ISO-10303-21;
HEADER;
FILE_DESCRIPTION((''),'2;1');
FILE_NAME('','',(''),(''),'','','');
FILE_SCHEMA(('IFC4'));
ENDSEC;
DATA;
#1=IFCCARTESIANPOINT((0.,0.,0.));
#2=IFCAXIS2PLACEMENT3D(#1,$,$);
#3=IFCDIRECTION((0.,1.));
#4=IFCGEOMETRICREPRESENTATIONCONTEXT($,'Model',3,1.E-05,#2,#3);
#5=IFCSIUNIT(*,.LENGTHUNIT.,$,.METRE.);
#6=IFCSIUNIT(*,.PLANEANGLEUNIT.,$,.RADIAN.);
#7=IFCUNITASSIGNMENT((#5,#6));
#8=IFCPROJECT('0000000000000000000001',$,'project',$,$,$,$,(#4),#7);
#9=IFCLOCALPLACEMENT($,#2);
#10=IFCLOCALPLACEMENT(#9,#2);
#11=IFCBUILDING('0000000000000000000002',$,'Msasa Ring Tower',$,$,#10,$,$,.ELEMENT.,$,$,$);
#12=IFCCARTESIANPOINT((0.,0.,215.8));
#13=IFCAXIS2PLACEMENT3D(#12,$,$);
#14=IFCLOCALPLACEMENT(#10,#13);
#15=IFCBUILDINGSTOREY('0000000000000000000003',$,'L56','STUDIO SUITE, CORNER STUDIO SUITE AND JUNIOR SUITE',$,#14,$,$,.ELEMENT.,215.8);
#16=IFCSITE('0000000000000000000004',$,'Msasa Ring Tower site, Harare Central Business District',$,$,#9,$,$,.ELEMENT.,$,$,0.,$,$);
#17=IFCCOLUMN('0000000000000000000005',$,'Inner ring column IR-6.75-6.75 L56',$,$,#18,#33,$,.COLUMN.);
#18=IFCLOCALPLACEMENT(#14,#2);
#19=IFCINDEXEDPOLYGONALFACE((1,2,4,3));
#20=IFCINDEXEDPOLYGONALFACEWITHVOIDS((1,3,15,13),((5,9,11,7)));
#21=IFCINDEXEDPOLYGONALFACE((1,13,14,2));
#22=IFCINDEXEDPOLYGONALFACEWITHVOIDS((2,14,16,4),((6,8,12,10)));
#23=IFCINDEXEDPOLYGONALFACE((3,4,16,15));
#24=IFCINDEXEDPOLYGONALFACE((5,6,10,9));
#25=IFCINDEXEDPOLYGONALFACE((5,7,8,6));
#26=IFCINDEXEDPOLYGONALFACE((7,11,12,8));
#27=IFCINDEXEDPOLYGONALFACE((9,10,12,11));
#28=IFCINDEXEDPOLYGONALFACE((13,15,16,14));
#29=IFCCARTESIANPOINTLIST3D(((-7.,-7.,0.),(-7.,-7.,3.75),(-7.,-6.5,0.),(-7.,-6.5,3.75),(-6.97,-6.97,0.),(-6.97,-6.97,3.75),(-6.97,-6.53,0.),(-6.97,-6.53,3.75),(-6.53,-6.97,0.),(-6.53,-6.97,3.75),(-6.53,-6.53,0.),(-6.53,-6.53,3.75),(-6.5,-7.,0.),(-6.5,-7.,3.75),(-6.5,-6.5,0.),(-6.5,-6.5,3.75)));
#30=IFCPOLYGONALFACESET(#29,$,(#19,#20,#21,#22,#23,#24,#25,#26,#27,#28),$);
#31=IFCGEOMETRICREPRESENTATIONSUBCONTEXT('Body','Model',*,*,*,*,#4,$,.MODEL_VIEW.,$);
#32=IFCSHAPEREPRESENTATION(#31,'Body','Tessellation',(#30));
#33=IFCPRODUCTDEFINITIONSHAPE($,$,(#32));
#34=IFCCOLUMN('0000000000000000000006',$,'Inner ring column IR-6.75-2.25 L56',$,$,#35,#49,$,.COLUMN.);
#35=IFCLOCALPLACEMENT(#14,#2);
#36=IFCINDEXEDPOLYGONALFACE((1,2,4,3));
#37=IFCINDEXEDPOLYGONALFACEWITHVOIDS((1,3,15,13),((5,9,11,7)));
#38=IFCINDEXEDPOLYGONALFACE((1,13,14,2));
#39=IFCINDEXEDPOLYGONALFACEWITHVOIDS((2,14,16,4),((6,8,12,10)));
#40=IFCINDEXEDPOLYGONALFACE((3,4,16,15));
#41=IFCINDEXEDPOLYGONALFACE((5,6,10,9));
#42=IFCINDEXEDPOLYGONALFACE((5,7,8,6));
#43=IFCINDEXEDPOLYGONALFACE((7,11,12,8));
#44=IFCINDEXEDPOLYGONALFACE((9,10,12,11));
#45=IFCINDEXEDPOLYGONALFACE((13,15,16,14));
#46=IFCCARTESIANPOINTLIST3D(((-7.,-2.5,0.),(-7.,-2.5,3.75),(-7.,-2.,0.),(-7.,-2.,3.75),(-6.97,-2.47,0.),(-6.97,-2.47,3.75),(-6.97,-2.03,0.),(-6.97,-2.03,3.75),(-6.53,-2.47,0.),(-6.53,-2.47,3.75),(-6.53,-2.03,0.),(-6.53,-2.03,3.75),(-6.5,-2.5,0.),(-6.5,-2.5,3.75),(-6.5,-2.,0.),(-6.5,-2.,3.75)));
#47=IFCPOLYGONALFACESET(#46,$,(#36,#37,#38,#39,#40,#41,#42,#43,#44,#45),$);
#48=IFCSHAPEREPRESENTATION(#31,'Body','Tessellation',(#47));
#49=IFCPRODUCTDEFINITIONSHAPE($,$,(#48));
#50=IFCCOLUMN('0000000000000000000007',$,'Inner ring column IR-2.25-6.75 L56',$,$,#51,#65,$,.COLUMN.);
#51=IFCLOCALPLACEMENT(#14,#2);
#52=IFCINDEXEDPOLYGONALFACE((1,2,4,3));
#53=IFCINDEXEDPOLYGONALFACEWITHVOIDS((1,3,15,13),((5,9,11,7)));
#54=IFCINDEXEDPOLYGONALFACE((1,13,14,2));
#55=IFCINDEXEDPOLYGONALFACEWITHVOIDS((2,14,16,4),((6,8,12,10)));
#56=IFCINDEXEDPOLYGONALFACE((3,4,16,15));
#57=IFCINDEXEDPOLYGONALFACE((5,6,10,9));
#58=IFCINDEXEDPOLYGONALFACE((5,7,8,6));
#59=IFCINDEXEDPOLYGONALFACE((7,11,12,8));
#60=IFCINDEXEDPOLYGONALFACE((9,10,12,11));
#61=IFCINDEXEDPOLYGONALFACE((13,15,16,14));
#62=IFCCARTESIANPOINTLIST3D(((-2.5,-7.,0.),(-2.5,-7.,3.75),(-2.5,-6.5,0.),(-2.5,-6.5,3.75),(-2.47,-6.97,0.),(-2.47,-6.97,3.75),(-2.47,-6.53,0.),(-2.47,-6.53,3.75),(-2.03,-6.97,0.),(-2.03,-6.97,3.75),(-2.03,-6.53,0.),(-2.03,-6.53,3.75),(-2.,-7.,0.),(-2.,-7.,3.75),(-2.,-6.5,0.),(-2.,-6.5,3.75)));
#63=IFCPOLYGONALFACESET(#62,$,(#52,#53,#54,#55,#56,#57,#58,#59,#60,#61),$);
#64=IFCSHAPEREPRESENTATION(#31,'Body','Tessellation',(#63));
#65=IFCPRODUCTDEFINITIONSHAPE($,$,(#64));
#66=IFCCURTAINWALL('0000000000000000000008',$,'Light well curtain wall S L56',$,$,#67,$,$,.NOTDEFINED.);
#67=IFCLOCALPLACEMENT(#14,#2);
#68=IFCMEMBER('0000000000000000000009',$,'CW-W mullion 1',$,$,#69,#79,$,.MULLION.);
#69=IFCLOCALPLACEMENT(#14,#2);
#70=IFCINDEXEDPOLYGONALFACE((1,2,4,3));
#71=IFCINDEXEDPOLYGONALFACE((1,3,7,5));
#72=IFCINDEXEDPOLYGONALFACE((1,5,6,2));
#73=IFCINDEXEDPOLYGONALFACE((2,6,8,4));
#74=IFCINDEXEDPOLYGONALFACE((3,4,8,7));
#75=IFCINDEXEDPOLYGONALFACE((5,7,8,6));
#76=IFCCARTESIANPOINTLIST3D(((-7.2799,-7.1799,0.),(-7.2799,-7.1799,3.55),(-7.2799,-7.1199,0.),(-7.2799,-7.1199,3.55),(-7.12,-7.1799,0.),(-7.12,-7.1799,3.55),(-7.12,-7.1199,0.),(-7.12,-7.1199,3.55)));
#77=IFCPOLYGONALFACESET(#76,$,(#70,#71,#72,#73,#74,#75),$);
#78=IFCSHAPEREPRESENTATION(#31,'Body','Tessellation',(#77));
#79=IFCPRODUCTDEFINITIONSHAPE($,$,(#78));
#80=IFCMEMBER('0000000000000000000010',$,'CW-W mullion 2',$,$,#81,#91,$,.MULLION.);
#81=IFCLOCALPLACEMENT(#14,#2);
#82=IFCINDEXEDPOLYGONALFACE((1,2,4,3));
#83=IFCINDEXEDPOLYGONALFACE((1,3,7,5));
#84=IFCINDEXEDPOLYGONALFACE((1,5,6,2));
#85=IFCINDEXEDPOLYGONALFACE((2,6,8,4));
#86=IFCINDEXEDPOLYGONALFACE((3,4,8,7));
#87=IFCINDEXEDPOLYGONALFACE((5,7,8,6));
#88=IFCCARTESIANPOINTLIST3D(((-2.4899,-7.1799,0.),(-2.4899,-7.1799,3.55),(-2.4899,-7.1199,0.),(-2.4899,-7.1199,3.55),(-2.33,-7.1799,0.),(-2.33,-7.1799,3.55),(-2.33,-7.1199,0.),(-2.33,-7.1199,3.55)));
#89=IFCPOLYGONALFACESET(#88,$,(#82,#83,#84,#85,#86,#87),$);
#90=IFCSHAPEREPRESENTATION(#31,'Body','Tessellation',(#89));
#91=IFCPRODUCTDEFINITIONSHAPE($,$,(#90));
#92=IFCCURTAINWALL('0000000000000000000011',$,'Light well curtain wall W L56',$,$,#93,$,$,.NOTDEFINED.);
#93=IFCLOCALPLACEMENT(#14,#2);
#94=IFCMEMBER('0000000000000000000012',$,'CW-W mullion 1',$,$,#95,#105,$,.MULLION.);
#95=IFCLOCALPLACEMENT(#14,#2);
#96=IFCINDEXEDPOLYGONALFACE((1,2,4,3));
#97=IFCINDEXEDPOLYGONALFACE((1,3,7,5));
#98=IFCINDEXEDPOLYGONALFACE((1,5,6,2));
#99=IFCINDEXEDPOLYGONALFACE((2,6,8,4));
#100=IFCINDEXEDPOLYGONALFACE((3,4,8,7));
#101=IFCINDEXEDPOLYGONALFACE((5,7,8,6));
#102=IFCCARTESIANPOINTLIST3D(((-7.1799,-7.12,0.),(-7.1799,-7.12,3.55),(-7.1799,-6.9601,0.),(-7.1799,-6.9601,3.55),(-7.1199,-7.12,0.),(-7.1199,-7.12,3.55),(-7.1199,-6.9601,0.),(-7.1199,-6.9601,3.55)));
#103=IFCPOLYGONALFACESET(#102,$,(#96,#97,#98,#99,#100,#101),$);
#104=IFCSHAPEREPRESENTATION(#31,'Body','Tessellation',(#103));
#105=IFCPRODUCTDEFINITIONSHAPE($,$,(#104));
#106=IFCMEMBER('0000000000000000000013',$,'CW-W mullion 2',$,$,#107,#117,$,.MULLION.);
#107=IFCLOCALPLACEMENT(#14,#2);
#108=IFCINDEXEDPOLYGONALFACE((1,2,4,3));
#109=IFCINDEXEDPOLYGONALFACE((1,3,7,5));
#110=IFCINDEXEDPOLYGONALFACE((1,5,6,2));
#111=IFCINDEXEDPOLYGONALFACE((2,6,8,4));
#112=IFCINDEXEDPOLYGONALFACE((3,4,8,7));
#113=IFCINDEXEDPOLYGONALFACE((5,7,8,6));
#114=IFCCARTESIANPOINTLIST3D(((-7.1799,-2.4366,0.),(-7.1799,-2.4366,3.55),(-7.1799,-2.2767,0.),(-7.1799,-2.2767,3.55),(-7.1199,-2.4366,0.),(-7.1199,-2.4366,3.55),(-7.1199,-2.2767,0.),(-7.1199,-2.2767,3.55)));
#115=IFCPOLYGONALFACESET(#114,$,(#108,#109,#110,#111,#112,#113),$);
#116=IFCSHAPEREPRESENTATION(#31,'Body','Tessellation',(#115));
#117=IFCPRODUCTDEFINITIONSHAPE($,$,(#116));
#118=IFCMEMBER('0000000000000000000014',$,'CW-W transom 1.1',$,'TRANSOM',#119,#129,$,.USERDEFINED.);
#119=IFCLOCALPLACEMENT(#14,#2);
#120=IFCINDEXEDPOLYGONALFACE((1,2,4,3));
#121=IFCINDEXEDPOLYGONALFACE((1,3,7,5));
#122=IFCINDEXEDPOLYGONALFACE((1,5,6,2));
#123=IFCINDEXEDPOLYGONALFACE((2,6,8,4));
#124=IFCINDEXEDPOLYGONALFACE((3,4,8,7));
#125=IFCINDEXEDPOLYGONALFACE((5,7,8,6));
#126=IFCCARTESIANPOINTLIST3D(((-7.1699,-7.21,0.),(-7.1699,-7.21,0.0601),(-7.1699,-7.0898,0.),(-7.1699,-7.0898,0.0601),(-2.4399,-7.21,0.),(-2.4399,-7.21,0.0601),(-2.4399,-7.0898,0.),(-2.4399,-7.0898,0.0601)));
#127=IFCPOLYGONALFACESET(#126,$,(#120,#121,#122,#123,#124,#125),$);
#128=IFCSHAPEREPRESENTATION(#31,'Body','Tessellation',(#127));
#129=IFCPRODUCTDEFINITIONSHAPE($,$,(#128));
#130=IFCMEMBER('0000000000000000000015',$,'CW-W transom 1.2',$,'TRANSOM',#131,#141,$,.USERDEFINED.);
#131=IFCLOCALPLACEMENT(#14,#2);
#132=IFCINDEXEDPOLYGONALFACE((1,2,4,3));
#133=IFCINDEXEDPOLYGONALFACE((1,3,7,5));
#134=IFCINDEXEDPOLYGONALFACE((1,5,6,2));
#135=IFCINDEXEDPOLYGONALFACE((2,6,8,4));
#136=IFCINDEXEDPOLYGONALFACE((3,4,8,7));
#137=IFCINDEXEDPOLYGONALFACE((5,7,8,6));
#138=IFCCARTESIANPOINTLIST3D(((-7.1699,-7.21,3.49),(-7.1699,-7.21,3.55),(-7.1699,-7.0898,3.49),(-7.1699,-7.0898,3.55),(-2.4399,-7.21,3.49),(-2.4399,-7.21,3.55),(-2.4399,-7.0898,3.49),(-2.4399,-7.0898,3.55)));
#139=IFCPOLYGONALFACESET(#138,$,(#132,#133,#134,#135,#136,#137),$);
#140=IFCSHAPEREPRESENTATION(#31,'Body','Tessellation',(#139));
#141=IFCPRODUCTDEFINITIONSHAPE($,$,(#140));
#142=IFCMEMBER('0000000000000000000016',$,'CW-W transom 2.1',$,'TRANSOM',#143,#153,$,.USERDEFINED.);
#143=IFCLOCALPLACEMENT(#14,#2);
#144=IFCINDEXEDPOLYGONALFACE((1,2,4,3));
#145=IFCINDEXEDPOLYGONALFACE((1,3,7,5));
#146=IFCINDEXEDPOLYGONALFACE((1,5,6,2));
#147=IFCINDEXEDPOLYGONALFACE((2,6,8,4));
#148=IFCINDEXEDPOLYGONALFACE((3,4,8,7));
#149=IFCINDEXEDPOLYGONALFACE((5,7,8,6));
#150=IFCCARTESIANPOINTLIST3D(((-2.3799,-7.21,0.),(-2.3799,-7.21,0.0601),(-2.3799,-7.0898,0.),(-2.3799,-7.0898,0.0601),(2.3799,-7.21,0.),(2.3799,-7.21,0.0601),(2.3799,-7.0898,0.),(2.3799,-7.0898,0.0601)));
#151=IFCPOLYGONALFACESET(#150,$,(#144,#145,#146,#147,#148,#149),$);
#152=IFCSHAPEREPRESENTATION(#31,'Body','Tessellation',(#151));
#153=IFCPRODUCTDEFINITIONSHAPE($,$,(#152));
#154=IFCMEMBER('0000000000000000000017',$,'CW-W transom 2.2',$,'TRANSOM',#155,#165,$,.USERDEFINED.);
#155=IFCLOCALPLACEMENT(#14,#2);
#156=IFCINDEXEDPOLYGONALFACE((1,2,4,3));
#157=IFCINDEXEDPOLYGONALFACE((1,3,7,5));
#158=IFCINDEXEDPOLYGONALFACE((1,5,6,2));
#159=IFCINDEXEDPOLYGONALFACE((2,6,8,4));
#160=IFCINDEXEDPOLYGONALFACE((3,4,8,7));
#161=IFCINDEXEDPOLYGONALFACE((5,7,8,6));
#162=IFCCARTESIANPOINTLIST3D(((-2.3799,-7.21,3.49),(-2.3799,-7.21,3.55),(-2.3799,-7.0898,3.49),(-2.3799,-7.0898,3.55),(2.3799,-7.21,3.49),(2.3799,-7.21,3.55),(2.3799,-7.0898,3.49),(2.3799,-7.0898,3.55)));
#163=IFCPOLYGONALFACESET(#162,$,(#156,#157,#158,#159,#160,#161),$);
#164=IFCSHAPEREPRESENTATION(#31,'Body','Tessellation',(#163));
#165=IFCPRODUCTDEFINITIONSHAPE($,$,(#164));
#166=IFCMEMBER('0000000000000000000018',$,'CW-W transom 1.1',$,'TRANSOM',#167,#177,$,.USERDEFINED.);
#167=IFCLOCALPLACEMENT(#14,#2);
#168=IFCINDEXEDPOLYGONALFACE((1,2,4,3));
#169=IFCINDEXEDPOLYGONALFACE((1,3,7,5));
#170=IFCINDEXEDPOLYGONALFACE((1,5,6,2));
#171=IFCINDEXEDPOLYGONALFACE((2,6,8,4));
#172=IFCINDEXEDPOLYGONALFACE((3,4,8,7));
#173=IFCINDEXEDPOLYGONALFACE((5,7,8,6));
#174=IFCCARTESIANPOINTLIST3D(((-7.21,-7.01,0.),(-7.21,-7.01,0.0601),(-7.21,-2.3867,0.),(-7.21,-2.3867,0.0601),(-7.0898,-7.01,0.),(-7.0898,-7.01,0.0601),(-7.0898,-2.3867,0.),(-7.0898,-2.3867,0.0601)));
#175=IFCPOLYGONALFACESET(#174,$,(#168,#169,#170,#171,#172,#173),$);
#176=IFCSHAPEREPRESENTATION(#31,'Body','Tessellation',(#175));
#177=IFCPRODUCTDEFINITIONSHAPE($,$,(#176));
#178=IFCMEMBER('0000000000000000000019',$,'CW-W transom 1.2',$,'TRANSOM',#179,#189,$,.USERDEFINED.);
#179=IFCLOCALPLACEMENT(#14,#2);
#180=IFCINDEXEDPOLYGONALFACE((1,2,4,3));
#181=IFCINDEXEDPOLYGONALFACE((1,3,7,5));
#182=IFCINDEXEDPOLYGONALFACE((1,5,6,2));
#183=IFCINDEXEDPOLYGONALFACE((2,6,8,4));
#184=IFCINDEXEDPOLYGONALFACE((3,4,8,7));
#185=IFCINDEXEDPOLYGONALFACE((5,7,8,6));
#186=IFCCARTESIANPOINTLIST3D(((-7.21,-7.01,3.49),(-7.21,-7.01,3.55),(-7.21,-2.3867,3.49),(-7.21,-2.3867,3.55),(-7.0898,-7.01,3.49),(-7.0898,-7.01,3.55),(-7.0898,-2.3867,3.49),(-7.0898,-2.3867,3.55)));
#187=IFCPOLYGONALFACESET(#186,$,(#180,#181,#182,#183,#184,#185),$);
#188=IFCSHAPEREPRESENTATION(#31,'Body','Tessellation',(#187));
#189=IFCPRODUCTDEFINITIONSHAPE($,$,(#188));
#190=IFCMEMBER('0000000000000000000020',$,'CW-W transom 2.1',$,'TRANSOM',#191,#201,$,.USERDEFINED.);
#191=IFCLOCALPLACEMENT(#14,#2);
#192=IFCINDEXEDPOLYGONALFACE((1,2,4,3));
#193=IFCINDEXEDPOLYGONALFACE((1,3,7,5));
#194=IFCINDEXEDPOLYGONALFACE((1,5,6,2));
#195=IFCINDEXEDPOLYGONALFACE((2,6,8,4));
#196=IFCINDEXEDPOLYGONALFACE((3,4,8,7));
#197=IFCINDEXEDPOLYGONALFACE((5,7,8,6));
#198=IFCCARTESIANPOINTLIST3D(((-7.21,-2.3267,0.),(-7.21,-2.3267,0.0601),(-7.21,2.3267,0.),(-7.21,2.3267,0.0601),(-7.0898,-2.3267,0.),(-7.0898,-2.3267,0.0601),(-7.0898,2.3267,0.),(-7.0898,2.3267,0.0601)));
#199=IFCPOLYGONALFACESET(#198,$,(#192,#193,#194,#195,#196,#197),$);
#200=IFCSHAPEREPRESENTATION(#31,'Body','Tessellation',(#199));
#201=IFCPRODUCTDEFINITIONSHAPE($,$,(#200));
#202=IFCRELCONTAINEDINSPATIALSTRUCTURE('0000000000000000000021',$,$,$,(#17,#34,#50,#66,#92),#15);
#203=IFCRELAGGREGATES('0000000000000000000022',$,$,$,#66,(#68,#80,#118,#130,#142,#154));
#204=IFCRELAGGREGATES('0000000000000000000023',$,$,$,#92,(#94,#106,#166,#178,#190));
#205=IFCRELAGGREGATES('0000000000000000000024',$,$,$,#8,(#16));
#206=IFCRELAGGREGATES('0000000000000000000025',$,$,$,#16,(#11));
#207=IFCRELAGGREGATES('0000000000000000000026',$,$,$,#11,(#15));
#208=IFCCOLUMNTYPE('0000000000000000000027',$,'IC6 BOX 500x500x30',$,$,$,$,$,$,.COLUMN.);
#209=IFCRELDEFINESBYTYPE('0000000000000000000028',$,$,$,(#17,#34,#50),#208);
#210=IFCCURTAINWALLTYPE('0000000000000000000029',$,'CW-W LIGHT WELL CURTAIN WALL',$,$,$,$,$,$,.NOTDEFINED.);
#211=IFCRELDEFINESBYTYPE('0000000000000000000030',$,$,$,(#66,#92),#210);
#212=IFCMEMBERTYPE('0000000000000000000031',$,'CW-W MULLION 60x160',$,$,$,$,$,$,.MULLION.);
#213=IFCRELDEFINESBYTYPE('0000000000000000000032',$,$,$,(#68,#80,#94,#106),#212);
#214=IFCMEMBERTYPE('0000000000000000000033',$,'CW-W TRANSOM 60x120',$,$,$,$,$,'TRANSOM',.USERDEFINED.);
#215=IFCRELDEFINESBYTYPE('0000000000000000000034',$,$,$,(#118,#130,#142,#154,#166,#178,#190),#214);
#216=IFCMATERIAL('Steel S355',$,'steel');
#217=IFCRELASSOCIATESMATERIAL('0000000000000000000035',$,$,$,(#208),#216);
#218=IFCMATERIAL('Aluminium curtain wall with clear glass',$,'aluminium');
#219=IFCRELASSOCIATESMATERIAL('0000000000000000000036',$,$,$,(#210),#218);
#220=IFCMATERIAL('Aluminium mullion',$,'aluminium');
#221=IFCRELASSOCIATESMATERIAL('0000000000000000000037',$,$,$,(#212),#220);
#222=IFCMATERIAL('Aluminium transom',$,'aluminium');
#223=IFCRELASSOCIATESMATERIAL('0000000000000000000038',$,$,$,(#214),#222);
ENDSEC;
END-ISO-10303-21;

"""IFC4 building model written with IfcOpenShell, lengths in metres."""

from ifc_helpers import new_model, si_unit, direction, frame, origin, origin_2d, place, context, subcontext, project, spatial, rectangle, hollow_rectangle, extrude, material, material_profile, profile_set, type_object, element, aggregate, save


model = new_model("IFC4")

# Units and contexts
model_context = context("Model", 3, precision=1e-05, world=origin(), true_north=direction((0.0, 1.0)))
body_context = subcontext(model_context, "Body", "Model", "MODEL_VIEW")
ifc_project = project(units=[si_unit("LENGTHUNIT", "METRE"), si_unit("PLANEANGLEUNIT", "RADIAN")], contexts=[model_context])

# Site, building, storey
site_placement = place(None, origin())
site = spatial("IfcSite", under=ifc_project, at=site_placement, Name="Msasa Ring Tower site, Harare Central Business District", CompositionType="ELEMENT", RefElevation=0.0)
building_placement = place(site_placement, origin())
building = spatial("IfcBuilding", under=site, at=building_placement, Name="Msasa Ring Tower", CompositionType="ELEMENT")
storey_placement = place(building_placement, frame((0.0, 0.0, 215.8)))
storey = spatial("IfcBuildingStorey", under=building, at=storey_placement, Name="L56", Description="STUDIO SUITE, CORNER STUDIO SUITE AND JUNIOR SUITE", CompositionType="ELEMENT", Elevation=215.8)

# Columns
ifc_material_1 = material(Name="Steel S355", Category="steel")
ifc_material_profile_1 = material_profile(ifc_material_1, hollow_rectangle(XDim=0.5, YDim=0.5, WallThickness=0.03, at=origin_2d()), Name="BOX 500x500x30")
ifc_profile_set_1 = profile_set([ifc_material_profile_1], Name="Steel S355")
column_type = type_object("IfcColumnType", Name="IC6 BOX 500x500x30", PredefinedType="COLUMN", material=ifc_profile_set_1)
for number, where, z_axis, x_axis, name in (
    (1, (-6.75, -6.75, 0.0), (0.0, 0.0, 1.0), (1.0, 0.0, 0.0), "Inner ring column IR-6.75-6.75 L56"),
    (2, (-6.75, -2.25, 0.0), (0.0, 0.0, 1.0), (1.0, 0.0, 0.0), "Inner ring column IR-6.75-2.25 L56"),
    (3, (-2.25, -6.75, 0.0), (0.0, 0.0, 1.0), (1.0, 0.0, 0.0), "Inner ring column IR-2.25-6.75 L56"),
):
    element("IfcColumn", number, at=place(storey_placement, frame(where, z_axis=z_axis, x_axis=x_axis)), inside=storey, type_object=column_type, Name=name, PredefinedType="COLUMN", context=body_context, shape_type="SweptSolid", body=[
        extrude(hollow_rectangle(XDim=0.5, YDim=0.5, WallThickness=0.03, at=origin_2d()), origin(), (0.0, 0.0, 1.0), 3.75),
    ])

# Curtain walls, members
ifc_material_2 = material(Name="Aluminium curtain wall with clear glass", Category="aluminium")
curtain_wall_type = type_object("IfcCurtainWallType", Name="CW-W LIGHT WELL CURTAIN WALL", PredefinedType="NOTDEFINED", material=ifc_material_2)
curtain_wall_1_placement = place(storey_placement, origin())
curtain_wall_1 = element("IfcCurtainWall", 4, at=curtain_wall_1_placement, inside=storey, type_object=curtain_wall_type, Name="Light well curtain wall S L56", PredefinedType="NOTDEFINED")
ifc_material_3 = material(Name="Aluminium mullion", Category="aluminium")
ifc_material_profile_2 = material_profile(ifc_material_3, rectangle(XDim=0.0601, YDim=0.1599, at=origin_2d()), Name="AL 60x160")
ifc_profile_set_2 = profile_set([ifc_material_profile_2], Name="Aluminium mullion")
member_type_1 = type_object("IfcMemberType", Name="CW-W MULLION 60x160", PredefinedType="MULLION", material=ifc_profile_set_2)
member_1_placement = place(storey_placement, frame((-7.2, -7.1499, 0.0), z_axis=(0.0, 0.0, 1.0), x_axis=(0.0, 1.0, 0.0)))
member_1 = element("IfcMember", 5, at=member_1_placement, type_object=member_type_1, Name="CW-W mullion 1", PredefinedType="MULLION", context=body_context, shape_type="SweptSolid", body=[
    extrude(rectangle(XDim=0.0601, YDim=0.1599, at=origin_2d()), origin(), (0.0, 0.0, 1.0), 3.55),
])
member_2_placement = place(storey_placement, frame((-2.4099, -7.1499, 0.0), z_axis=(0.0, 0.0, 1.0), x_axis=(0.0, 1.0, 0.0)))
member_2 = element("IfcMember", 6, at=member_2_placement, type_object=member_type_1, Name="CW-W mullion 2", PredefinedType="MULLION", context=body_context, shape_type="SweptSolid", body=[
    extrude(rectangle(XDim=0.0601, YDim=0.1599, at=origin_2d()), origin(), (0.0, 0.0, 1.0), 3.55),
])
curtain_wall_2_placement = place(storey_placement, origin())
curtain_wall_2 = element("IfcCurtainWall", 7, at=curtain_wall_2_placement, inside=storey, type_object=curtain_wall_type, Name="Light well curtain wall W L56", PredefinedType="NOTDEFINED")
member_3_placement = place(storey_placement, frame((-7.1499, -7.04, 0.0), z_axis=(0.0, 0.0, 1.0), x_axis=(-1.0, 0.0, 0.0)))
member_3 = element("IfcMember", 8, at=member_3_placement, type_object=member_type_1, Name="CW-W mullion 1", PredefinedType="MULLION", context=body_context, shape_type="SweptSolid", body=[
    extrude(rectangle(XDim=0.0601, YDim=0.1599, at=origin_2d()), origin(), (0.0, 0.0, 1.0), 3.55),
])
member_4_placement = place(storey_placement, frame((-7.1499, -2.3567, 0.0), z_axis=(0.0, 0.0, 1.0), x_axis=(-1.0, 0.0, 0.0)))
member_4 = element("IfcMember", 9, at=member_4_placement, type_object=member_type_1, Name="CW-W mullion 2", PredefinedType="MULLION", context=body_context, shape_type="SweptSolid", body=[
    extrude(rectangle(XDim=0.0601, YDim=0.1599, at=origin_2d()), origin(), (0.0, 0.0, 1.0), 3.55),
])

# Members
ifc_material_4 = material(Name="Aluminium transom", Category="aluminium")
ifc_material_profile_3 = material_profile(ifc_material_4, rectangle(XDim=0.1201, YDim=0.0601, at=origin_2d()), Name="AL 60x120")
ifc_profile_set_3 = profile_set([ifc_material_profile_3], Name="Aluminium transom")
member_type_2 = type_object("IfcMemberType", Name="CW-W TRANSOM 60x120", ElementType="TRANSOM", PredefinedType="USERDEFINED", material=ifc_profile_set_3)
member_5_placement = place(storey_placement, frame((-7.1699, -7.1499, 0.03), z_axis=(1.0, 0.0, 0.0), x_axis=(0.0, 1.0, 0.0)))
member_5 = element("IfcMember", 10, at=member_5_placement, type_object=member_type_2, Name="CW-W transom 1.1", ObjectType="TRANSOM", PredefinedType="USERDEFINED", context=body_context, shape_type="SweptSolid", body=[
    extrude(rectangle(XDim=0.1201, YDim=0.0601, at=origin_2d()), origin(), (0.0, 0.0, 1.0), 4.73),
])
member_6_placement = place(storey_placement, frame((-7.1699, -7.1499, 3.52), z_axis=(1.0, 0.0, 0.0), x_axis=(0.0, 1.0, 0.0)))
member_6 = element("IfcMember", 11, at=member_6_placement, type_object=member_type_2, Name="CW-W transom 1.2", ObjectType="TRANSOM", PredefinedType="USERDEFINED", context=body_context, shape_type="SweptSolid", body=[
    extrude(rectangle(XDim=0.1201, YDim=0.0601, at=origin_2d()), origin(), (0.0, 0.0, 1.0), 4.73),
])
member_7_placement = place(storey_placement, frame((-2.3799, -7.1499, 0.03), z_axis=(1.0, 0.0, 0.0), x_axis=(0.0, 1.0, 0.0)))
member_7 = element("IfcMember", 12, at=member_7_placement, type_object=member_type_2, Name="CW-W transom 2.1", ObjectType="TRANSOM", PredefinedType="USERDEFINED", context=body_context, shape_type="SweptSolid", body=[
    extrude(rectangle(XDim=0.1201, YDim=0.0601, at=origin_2d()), origin(), (0.0, 0.0, 1.0), 4.7598),
])
member_8_placement = place(storey_placement, frame((-2.3799, -7.1499, 3.52), z_axis=(1.0, 0.0, 0.0), x_axis=(0.0, 1.0, 0.0)))
member_8 = element("IfcMember", 13, at=member_8_placement, type_object=member_type_2, Name="CW-W transom 2.2", ObjectType="TRANSOM", PredefinedType="USERDEFINED", context=body_context, shape_type="SweptSolid", body=[
    extrude(rectangle(XDim=0.1201, YDim=0.0601, at=origin_2d()), origin(), (0.0, 0.0, 1.0), 4.7598),
])
member_9_placement = place(storey_placement, frame((-7.1499, -7.01, 0.03), z_axis=(0.0, 1.0, 0.0), x_axis=(-1.0, 0.0, 0.0)))
member_9 = element("IfcMember", 14, at=member_9_placement, type_object=member_type_2, Name="CW-W transom 1.1", ObjectType="TRANSOM", PredefinedType="USERDEFINED", context=body_context, shape_type="SweptSolid", body=[
    extrude(rectangle(XDim=0.1201, YDim=0.0601, at=origin_2d()), origin(), (0.0, 0.0, 1.0), 4.6233),
])
member_10_placement = place(storey_placement, frame((-7.1499, -7.01, 3.52), z_axis=(0.0, 1.0, 0.0), x_axis=(-1.0, 0.0, 0.0)))
member_10 = element("IfcMember", 15, at=member_10_placement, type_object=member_type_2, Name="CW-W transom 1.2", ObjectType="TRANSOM", PredefinedType="USERDEFINED", context=body_context, shape_type="SweptSolid", body=[
    extrude(rectangle(XDim=0.1201, YDim=0.0601, at=origin_2d()), origin(), (0.0, 0.0, 1.0), 4.6233),
])
member_11_placement = place(storey_placement, frame((-7.1499, -2.3267, 0.03), z_axis=(0.0, 1.0, 0.0), x_axis=(-1.0, 0.0, 0.0)))
member_11 = element("IfcMember", 16, at=member_11_placement, type_object=member_type_2, Name="CW-W transom 2.1", ObjectType="TRANSOM", PredefinedType="USERDEFINED", context=body_context, shape_type="SweptSolid", body=[
    extrude(rectangle(XDim=0.1201, YDim=0.0601, at=origin_2d()), origin(), (0.0, 0.0, 1.0), 4.6533),
])

aggregate(curtain_wall_1, [member_1, member_2, member_5, member_6, member_7, member_8])
aggregate(curtain_wall_2, [member_3, member_4, member_9, member_10, member_11])

save(model, "model.ifc")
